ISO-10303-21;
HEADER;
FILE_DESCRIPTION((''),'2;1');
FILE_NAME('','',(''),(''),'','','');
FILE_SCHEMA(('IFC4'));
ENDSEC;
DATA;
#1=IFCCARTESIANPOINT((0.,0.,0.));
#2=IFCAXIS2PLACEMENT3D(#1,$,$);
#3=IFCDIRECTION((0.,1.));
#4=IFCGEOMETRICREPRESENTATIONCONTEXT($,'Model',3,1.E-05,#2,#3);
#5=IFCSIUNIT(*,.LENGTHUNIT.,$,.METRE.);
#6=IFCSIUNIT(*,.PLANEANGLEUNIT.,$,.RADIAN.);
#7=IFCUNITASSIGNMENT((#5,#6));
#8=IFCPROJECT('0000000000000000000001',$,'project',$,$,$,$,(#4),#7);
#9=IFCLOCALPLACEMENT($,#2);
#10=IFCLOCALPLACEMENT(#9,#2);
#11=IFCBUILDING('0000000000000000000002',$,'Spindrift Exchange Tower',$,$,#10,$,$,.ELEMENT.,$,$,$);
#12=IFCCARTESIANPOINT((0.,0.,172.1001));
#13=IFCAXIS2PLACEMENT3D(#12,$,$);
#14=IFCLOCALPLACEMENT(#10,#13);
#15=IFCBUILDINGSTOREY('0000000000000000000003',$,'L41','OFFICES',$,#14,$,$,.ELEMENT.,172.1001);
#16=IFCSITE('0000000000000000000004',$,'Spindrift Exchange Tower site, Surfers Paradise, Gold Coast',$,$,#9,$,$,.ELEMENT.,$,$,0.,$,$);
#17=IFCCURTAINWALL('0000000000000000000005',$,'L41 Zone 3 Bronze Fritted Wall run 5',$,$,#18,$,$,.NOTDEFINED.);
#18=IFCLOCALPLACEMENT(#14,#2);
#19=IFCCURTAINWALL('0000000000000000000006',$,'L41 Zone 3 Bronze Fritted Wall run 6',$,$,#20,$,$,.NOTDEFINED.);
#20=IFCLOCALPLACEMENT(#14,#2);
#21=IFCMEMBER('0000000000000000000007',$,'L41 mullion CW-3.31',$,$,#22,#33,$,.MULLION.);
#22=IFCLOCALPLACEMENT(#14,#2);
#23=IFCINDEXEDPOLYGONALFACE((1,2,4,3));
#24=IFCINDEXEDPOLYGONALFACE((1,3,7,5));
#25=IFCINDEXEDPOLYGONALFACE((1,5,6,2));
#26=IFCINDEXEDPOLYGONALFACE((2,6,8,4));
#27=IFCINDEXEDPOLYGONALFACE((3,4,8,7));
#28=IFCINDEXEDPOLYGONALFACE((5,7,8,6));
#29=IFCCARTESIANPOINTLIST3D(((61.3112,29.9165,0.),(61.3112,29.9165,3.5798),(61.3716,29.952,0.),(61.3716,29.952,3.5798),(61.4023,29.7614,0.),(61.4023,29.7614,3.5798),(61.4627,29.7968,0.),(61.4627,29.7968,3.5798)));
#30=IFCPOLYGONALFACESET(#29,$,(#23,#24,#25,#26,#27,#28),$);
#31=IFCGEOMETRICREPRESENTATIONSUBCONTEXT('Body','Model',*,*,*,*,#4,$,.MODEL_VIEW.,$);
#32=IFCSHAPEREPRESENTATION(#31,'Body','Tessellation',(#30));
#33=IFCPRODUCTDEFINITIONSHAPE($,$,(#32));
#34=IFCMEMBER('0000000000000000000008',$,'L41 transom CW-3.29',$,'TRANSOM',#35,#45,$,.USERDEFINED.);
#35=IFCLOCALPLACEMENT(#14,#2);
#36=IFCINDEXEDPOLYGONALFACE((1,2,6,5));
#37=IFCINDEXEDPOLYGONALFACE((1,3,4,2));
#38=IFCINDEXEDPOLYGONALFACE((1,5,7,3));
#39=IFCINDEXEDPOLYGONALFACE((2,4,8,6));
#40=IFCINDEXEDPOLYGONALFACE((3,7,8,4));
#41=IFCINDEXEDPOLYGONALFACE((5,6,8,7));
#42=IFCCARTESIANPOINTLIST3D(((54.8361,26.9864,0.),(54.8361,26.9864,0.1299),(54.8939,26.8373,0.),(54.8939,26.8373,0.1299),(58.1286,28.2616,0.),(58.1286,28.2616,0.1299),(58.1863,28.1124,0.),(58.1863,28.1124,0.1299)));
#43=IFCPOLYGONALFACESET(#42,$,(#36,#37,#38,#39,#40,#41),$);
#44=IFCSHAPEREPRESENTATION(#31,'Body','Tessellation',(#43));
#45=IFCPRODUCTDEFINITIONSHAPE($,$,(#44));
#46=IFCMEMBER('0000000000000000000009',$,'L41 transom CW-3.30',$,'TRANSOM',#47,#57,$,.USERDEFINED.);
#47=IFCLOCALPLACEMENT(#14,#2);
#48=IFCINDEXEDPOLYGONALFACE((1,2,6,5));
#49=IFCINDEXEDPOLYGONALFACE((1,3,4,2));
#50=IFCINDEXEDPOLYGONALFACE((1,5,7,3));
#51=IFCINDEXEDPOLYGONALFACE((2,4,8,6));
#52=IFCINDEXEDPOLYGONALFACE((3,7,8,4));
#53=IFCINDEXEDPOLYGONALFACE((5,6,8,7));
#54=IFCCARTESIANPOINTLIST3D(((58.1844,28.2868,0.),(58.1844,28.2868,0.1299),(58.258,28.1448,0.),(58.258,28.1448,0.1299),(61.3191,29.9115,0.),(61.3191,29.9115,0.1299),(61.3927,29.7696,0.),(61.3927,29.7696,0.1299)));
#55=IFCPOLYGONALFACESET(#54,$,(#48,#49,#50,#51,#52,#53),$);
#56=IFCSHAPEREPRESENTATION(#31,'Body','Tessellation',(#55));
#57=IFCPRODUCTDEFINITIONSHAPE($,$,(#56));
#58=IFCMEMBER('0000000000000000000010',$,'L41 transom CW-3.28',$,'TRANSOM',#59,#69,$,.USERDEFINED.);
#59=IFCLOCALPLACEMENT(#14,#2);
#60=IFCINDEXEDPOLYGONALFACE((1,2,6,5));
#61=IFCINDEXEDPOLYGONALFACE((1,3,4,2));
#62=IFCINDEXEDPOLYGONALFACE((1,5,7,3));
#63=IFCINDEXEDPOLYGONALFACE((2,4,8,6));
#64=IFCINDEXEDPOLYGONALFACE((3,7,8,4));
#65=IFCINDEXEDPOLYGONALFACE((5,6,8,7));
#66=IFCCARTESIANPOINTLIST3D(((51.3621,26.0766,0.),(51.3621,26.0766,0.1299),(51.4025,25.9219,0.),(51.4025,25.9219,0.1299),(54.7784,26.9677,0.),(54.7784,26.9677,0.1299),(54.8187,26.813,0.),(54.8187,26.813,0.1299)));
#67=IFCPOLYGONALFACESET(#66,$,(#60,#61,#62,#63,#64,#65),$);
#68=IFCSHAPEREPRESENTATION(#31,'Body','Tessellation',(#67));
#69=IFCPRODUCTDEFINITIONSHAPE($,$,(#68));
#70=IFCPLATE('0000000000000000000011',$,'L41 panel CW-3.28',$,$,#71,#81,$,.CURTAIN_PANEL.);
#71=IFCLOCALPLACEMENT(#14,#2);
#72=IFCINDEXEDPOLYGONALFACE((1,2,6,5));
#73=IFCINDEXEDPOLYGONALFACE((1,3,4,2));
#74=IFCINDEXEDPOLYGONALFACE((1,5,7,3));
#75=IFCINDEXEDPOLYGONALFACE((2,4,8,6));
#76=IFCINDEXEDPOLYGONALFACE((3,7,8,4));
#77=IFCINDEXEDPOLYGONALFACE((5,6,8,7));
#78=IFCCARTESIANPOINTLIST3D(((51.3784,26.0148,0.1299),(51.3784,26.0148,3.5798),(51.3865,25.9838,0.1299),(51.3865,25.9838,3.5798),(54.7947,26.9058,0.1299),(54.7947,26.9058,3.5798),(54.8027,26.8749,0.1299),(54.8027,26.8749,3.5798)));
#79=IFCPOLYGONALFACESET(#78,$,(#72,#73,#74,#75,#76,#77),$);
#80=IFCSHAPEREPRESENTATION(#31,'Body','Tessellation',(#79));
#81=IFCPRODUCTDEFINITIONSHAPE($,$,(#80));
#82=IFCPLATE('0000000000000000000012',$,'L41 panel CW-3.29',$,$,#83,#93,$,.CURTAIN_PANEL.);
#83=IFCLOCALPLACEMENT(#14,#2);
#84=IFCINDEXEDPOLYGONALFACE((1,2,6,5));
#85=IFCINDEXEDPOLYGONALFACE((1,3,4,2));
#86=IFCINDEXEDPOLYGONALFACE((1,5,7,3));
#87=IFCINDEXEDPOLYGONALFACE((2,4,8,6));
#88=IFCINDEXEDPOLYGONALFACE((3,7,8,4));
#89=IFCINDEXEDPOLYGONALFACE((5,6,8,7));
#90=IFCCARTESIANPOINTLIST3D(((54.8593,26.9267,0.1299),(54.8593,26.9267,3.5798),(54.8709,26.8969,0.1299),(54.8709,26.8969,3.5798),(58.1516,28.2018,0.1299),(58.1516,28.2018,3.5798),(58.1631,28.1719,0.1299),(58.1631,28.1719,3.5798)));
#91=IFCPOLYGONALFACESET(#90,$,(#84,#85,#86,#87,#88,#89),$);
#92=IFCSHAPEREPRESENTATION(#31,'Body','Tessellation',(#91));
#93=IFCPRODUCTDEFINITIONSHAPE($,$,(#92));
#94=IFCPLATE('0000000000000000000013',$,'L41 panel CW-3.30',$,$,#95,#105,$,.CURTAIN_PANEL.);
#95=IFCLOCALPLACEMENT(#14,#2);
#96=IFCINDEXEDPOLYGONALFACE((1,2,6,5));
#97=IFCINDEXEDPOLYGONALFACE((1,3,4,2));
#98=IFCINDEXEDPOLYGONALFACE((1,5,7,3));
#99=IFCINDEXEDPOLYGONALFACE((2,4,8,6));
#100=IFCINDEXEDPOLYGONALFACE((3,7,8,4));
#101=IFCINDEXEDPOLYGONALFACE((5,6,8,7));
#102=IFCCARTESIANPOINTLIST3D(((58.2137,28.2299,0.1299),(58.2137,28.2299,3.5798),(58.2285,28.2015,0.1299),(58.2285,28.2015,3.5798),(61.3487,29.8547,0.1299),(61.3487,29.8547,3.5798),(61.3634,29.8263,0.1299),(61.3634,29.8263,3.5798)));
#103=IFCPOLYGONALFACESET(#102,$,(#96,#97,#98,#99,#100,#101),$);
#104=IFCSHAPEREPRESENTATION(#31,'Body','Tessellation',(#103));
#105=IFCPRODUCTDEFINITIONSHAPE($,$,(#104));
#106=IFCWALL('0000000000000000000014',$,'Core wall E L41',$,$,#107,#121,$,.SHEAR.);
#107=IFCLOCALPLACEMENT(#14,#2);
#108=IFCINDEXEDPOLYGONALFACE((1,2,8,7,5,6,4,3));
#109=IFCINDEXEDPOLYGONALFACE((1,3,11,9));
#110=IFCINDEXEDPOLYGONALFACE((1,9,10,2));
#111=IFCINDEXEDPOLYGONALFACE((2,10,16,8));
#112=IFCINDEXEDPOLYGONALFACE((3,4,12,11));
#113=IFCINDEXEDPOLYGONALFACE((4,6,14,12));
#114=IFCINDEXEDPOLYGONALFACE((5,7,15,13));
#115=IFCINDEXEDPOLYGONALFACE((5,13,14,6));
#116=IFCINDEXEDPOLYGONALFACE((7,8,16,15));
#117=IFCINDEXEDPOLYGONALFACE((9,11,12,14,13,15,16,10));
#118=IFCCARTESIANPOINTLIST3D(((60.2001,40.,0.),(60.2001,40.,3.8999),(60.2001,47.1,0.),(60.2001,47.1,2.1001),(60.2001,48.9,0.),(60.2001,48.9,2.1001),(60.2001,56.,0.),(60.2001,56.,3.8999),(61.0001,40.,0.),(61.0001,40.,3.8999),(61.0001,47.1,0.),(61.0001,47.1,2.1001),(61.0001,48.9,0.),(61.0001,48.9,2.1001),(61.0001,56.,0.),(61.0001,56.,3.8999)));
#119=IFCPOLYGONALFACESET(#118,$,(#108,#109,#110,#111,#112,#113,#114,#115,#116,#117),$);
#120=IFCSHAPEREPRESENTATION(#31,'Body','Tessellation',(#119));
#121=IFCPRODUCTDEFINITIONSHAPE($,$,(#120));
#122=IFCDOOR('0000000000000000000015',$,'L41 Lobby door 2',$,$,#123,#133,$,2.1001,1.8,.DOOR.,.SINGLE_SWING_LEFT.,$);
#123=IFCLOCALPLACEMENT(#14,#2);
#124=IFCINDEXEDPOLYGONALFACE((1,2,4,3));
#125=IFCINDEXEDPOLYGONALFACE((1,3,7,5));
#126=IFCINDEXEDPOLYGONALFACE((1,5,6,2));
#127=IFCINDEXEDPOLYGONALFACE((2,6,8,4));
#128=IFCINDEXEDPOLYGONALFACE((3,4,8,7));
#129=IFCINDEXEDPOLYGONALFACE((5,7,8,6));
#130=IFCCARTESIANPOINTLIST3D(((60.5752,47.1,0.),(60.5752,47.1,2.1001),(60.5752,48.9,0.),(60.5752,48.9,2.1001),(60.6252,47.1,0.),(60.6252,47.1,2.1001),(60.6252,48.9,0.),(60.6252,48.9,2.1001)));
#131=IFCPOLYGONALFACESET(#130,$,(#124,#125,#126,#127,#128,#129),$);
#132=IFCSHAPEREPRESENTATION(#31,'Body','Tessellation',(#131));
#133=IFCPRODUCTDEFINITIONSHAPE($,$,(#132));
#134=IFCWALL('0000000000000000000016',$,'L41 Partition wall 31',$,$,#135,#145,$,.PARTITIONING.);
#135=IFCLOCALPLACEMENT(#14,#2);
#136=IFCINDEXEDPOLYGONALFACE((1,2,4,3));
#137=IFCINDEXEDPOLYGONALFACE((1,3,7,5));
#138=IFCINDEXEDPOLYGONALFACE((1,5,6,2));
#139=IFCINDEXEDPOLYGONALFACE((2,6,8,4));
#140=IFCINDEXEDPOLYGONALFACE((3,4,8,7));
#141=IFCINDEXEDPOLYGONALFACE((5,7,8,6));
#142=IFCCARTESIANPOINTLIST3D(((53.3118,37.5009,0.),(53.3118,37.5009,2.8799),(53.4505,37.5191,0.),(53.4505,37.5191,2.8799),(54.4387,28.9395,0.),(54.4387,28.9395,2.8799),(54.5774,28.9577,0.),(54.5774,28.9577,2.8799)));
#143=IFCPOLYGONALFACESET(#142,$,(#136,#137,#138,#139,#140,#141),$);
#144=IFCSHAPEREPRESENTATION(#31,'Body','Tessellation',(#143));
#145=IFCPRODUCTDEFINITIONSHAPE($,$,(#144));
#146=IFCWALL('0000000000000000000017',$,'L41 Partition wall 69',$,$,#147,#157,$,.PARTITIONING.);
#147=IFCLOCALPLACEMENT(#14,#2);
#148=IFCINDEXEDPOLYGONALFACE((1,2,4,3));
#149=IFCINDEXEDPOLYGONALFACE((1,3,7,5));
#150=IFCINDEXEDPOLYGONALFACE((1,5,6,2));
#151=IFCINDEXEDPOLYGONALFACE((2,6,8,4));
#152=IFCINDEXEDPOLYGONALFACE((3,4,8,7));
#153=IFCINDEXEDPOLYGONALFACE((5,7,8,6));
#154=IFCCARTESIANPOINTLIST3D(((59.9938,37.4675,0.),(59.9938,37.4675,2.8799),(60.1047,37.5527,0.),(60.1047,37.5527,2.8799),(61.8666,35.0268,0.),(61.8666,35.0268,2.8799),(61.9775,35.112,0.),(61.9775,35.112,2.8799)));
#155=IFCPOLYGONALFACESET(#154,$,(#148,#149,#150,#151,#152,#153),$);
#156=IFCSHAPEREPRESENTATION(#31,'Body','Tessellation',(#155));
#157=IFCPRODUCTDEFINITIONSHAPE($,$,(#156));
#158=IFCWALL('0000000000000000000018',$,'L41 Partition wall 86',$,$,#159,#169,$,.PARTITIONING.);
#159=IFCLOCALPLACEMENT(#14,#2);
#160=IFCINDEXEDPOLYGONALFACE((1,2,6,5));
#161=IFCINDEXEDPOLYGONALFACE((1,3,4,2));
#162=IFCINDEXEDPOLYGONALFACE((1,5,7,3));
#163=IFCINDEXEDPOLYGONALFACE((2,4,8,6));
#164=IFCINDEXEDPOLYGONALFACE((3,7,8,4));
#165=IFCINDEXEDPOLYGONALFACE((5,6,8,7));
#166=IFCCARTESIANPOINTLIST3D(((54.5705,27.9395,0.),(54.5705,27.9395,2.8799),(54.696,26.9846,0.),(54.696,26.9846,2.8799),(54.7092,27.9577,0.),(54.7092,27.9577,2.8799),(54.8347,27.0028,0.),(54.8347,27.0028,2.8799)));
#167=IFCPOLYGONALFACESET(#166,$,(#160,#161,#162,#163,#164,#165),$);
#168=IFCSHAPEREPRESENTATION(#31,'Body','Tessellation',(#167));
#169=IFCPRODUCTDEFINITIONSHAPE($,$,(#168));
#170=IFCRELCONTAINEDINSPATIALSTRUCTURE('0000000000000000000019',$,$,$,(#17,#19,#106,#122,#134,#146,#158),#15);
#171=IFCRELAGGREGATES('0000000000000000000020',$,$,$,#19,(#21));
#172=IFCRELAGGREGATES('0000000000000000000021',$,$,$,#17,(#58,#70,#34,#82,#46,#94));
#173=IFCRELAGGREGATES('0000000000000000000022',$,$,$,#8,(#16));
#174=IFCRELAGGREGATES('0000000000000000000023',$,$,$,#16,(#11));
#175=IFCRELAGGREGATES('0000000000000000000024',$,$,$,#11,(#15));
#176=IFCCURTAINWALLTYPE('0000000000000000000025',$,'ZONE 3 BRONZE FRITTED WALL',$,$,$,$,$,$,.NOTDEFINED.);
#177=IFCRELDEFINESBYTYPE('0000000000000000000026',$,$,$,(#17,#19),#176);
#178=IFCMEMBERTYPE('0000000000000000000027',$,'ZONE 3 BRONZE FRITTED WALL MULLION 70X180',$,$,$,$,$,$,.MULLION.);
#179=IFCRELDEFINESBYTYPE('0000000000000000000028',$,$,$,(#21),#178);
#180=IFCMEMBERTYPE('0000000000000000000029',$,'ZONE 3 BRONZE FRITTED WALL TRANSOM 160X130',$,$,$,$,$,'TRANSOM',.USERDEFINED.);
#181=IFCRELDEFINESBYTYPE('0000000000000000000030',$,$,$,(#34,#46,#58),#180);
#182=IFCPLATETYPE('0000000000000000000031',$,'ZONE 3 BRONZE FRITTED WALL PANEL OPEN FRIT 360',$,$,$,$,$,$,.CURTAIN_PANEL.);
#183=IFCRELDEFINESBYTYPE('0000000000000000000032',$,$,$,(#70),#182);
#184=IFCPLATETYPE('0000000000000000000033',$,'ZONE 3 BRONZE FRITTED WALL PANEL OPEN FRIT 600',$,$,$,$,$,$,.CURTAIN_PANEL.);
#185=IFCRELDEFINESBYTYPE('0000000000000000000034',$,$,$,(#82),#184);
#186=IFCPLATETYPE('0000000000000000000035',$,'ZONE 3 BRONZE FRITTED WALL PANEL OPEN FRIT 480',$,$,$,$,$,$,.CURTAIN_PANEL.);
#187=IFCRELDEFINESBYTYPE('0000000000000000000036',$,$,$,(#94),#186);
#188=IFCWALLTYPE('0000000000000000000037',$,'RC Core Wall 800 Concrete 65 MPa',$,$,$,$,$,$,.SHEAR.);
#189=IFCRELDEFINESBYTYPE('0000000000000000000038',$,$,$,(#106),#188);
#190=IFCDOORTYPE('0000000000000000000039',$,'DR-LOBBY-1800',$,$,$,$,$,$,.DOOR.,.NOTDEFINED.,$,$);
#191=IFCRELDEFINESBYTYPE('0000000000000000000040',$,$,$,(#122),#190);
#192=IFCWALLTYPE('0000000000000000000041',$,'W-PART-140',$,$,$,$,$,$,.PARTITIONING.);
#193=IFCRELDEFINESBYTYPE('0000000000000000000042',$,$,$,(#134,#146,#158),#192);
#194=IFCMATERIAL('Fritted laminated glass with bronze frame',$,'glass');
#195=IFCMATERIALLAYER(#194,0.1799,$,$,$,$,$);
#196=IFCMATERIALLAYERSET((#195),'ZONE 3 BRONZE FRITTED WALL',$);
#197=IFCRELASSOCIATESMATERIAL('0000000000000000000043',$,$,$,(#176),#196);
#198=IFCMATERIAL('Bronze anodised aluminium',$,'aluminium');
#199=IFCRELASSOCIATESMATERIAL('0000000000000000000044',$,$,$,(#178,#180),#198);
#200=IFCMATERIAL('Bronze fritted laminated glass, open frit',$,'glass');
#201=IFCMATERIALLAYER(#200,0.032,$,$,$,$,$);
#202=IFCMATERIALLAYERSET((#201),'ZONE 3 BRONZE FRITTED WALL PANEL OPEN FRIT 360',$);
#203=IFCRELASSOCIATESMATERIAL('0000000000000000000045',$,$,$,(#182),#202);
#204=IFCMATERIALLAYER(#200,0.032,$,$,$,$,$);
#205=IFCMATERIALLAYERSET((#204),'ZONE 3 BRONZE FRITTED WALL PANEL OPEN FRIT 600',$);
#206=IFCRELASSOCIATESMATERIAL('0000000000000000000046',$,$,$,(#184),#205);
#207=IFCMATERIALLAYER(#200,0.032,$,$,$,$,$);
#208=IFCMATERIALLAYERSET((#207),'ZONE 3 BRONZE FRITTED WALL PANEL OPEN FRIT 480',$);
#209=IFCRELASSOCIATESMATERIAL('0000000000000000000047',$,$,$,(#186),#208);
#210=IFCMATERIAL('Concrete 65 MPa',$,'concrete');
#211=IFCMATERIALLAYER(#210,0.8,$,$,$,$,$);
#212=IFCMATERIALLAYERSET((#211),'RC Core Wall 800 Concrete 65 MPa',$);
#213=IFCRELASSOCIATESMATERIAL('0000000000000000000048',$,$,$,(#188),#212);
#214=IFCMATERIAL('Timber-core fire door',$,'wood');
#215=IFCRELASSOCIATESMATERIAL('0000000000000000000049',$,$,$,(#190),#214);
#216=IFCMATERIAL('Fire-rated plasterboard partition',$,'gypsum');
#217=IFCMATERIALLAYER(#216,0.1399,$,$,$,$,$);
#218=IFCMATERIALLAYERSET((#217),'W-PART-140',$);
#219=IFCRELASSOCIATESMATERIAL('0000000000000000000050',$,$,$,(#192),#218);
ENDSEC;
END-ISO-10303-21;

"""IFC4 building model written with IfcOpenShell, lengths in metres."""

from ifc_helpers import new_model, si_unit, direction, frame, frame_2d, origin, origin_2d, place, context, subcontext, project, spatial, rectangle, extrude, source, transform, mapped, material, layer, layer_set, material_profile, profile_set, type_object, element, fill, aggregate, save


model = new_model("IFC4")

# Units and contexts
model_context = context("Model", 3, precision=1e-05, world=origin(), true_north=direction((0.0, 1.0)))
body_context = subcontext(model_context, "Body", "Model", "MODEL_VIEW")
ifc_project = project(units=[si_unit("LENGTHUNIT", "METRE"), si_unit("PLANEANGLEUNIT", "RADIAN")], contexts=[model_context])

# Site, building, storey
site_placement = place(None, origin())
site = spatial("IfcSite", under=ifc_project, at=site_placement, Name="Spindrift Exchange Tower site, Surfers Paradise, Gold Coast", CompositionType="ELEMENT", RefElevation=0.0)
building_placement = place(site_placement, origin())
building = spatial("IfcBuilding", under=site, at=building_placement, Name="Spindrift Exchange Tower", CompositionType="ELEMENT")
storey_placement = place(building_placement, frame((0.0, 0.0, 172.1001)))
storey = spatial("IfcBuildingStorey", under=building, at=storey_placement, Name="L41", Description="OFFICES", CompositionType="ELEMENT", Elevation=172.1001)

# Curtain wall
ifc_material_1 = material(Name="Fritted laminated glass with bronze frame", Category="glass")
ifc_layer_1 = layer(ifc_material_1, 0.1799)
ifc_layer_set_1 = layer_set([ifc_layer_1], Name="ZONE 3 BRONZE FRITTED WALL")
curtain_wall_type = type_object("IfcCurtainWallType", Name="ZONE 3 BRONZE FRITTED WALL", PredefinedType="NOTDEFINED", material=ifc_layer_set_1)
curtain_wall_1_placement = place(storey_placement, origin())
curtain_wall_1 = element("IfcCurtainWall", 1, at=curtain_wall_1_placement, inside=storey, type_object=curtain_wall_type, Name="L41 Zone 3 Bronze Fritted Wall run 5", PredefinedType="NOTDEFINED")
ifc_material_2 = material(Name="Bronze anodised aluminium", Category="aluminium")
ifc_material_profile_1 = material_profile(ifc_material_2, rectangle(XDim=0.0701, YDim=0.1799, at=origin_2d()), Name="ZONE 3 BRONZE FRITTED WALL MULLION 70X180")
ifc_profile_set_1 = profile_set([ifc_material_profile_1], Name="Bronze anodised aluminium")
member_type_1 = type_object("IfcMemberType", Name="ZONE 3 BRONZE FRITTED WALL MULLION 70X180", PredefinedType="MULLION", material=ifc_profile_set_1)
shared_shape_1 = source(origin(), body_context, "Body", "SweptSolid", [
    extrude(rectangle(XDim=0.0701, YDim=0.1799, at=origin_2d()), origin(), (0.0, 0.0, 1.0), 3.5798),
])

# Curtain wall, member
curtain_wall_2_placement = place(storey_placement, origin())
curtain_wall_2 = element("IfcCurtainWall", 2, at=curtain_wall_2_placement, inside=storey, type_object=curtain_wall_type, Name="L41 Zone 3 Bronze Fritted Wall run 6", PredefinedType="NOTDEFINED")
member_1_placement = place(storey_placement, frame((61.387, 29.8567, 0.0), z_axis=(0.0, 0.0, 1.0), x_axis=(0.862323, 0.506359, 0.0)))
member_1 = element("IfcMember", 3, at=member_1_placement, type_object=member_type_1, Name="L41 mullion CW-3.31", PredefinedType="MULLION", context=body_context, shape_type="MappedRepresentation", body=[
    mapped(shared_shape_1, transform((0.0, 0.0, 0.0), scale=1.0)),
])
aggregate(curtain_wall_2, [member_1])

# Members
ifc_material_profile_2 = material_profile(ifc_material_2, rectangle(XDim=0.1599, YDim=0.1299, at=origin_2d()), Name="ZONE 3 BRONZE FRITTED WALL TRANSOM 160X130")
ifc_profile_set_2 = profile_set([ifc_material_profile_2], Name="Bronze anodised aluminium")
member_type_2 = type_object("IfcMemberType", Name="ZONE 3 BRONZE FRITTED WALL TRANSOM 160X130", ElementType="TRANSOM", PredefinedType="USERDEFINED", material=ifc_profile_set_2)
shared_shape_2 = source(origin(), body_context, "Body", "SweptSolid", [
    extrude(rectangle(XDim=0.1599, YDim=0.1299, at=origin_2d()), origin(), (0.0, 0.0, 1.0), 3.5308),
])
member_2_placement = place(storey_placement, frame((54.865, 26.9119, 0.0649), z_axis=(0.932507, 0.361151, 0.0), x_axis=(-0.361151, 0.932507, 0.0)))
member_2 = element("IfcMember", 4, at=member_2_placement, type_object=member_type_2, Name="L41 transom CW-3.29", ObjectType="TRANSOM", PredefinedType="USERDEFINED", context=body_context, shape_type="MappedRepresentation", body=[
    mapped(shared_shape_2, transform((0.0, 0.0, 0.0), scale=1.0)),
])
member_3_placement = place(storey_placement, frame((58.2212, 28.2158, 0.0649), z_axis=(0.887833, 0.460166, 0.0), x_axis=(-0.460166, 0.887833, 0.0)))
member_3 = element("IfcMember", 5, at=member_3_placement, type_object=member_type_2, Name="L41 transom CW-3.30", ObjectType="TRANSOM", PredefinedType="USERDEFINED", context=body_context, shape_type="MappedRepresentation", body=[
    mapped(shared_shape_2, transform((0.0, 0.0, 0.0), scale=1.0)),
])
shared_shape_3 = source(origin(), body_context, "Body", "SweptSolid", [
    extrude(rectangle(XDim=0.1599, YDim=0.1299, at=origin_2d()), origin(), (0.0, 0.0, 1.0), 3.5305),
])
member_4_placement = place(storey_placement, frame((51.3823, 25.9993, 0.0649), z_axis=(0.967623, 0.252399, 0.0), x_axis=(-0.252399, 0.967623, 0.0)))
member_4 = element("IfcMember", 6, at=member_4_placement, type_object=member_type_2, Name="L41 transom CW-3.28", ObjectType="TRANSOM", PredefinedType="USERDEFINED", context=body_context, shape_type="MappedRepresentation", body=[
    mapped(shared_shape_3, transform((0.0, 0.0, 0.0), scale=1.0)),
])

# Plates
ifc_material_3 = material(Name="Bronze fritted laminated glass, open frit", Category="glass")
ifc_layer_2 = layer(ifc_material_3, 0.032)
ifc_layer_set_2 = layer_set([ifc_layer_2], Name="ZONE 3 BRONZE FRITTED WALL PANEL OPEN FRIT 360")
plate_type_1 = type_object("IfcPlateType", Name="ZONE 3 BRONZE FRITTED WALL PANEL OPEN FRIT 360", PredefinedType="CURTAIN_PANEL", material=ifc_layer_set_2)
shared_shape_4 = source(origin(), body_context, "Body", "SweptSolid", [
    extrude(rectangle(XDim=3.5305, YDim=0.032, at=origin_2d()), origin(), (0.0, 0.0, 1.0), 3.45),
])
plate_1_placement = place(storey_placement, frame((53.0906, 26.4448, 0.1299), z_axis=(0.0, 0.0, 1.0), x_axis=(0.967627, 0.252385, 0.0)))
plate_1 = element("IfcPlate", 7, at=plate_1_placement, type_object=plate_type_1, Name="L41 panel CW-3.28", PredefinedType="CURTAIN_PANEL", context=body_context, shape_type="MappedRepresentation", body=[
    mapped(shared_shape_4, transform((0.0, 0.0, 0.0), scale=1.0)),
])
ifc_layer_3 = layer(ifc_material_3, 0.032)
ifc_layer_set_3 = layer_set([ifc_layer_3], Name="ZONE 3 BRONZE FRITTED WALL PANEL OPEN FRIT 600")
plate_type_2 = type_object("IfcPlateType", Name="ZONE 3 BRONZE FRITTED WALL PANEL OPEN FRIT 600", PredefinedType="CURTAIN_PANEL", material=ifc_layer_set_3)
shared_shape_5 = source(origin(), body_context, "Body", "SweptSolid", [
    extrude(rectangle(XDim=3.5305, YDim=0.032, at=origin_2d()), origin(), (0.0, 0.0, 1.0), 3.45),
])
plate_2_placement = place(storey_placement, frame((56.5112, 27.5493, 0.1299), z_axis=(0.0, 0.0, 1.0), x_axis=(0.932504, 0.361159, 0.0)))
plate_2 = element("IfcPlate", 8, at=plate_2_placement, type_object=plate_type_2, Name="L41 panel CW-3.29", PredefinedType="CURTAIN_PANEL", context=body_context, shape_type="MappedRepresentation", body=[
    mapped(shared_shape_5, transform((0.0, 0.0, 0.0), scale=1.0)),
])
ifc_layer_4 = layer(ifc_material_3, 0.032)
ifc_layer_set_4 = layer_set([ifc_layer_4], Name="ZONE 3 BRONZE FRITTED WALL PANEL OPEN FRIT 480")
plate_type_3 = type_object("IfcPlateType", Name="ZONE 3 BRONZE FRITTED WALL PANEL OPEN FRIT 480", PredefinedType="CURTAIN_PANEL", material=ifc_layer_set_4)
shared_shape_6 = source(origin(), body_context, "Body", "SweptSolid", [
    extrude(rectangle(XDim=3.531, YDim=0.032, at=origin_2d()), origin(), (0.0, 0.0, 1.0), 3.45),
])
plate_3_placement = place(storey_placement, frame((59.7886, 29.0281, 0.1299), z_axis=(0.0, 0.0, 1.0), x_axis=(0.887835, 0.460163, 0.0)))
plate_3 = element("IfcPlate", 9, at=plate_3_placement, type_object=plate_type_3, Name="L41 panel CW-3.30", PredefinedType="CURTAIN_PANEL", context=body_context, shape_type="MappedRepresentation", body=[
    mapped(shared_shape_6, transform((0.0, 0.0, 0.0), scale=1.0)),
])
aggregate(curtain_wall_1, [member_4, plate_1, member_2, plate_2, member_3, plate_3])

# Wall, opening, door
ifc_material_4 = material(Name="Concrete 65 MPa", Category="concrete")
ifc_layer_5 = layer(ifc_material_4, 0.8)
ifc_layer_set_5 = layer_set([ifc_layer_5], Name="RC Core Wall 800 Concrete 65 MPa")
wall_type_1 = type_object("IfcWallType", Name="RC Core Wall 800 Concrete 65 MPa", PredefinedType="SHEAR", material=ifc_layer_set_5)
wall_1_placement = place(storey_placement, frame((60.6001, 40.0, 0.0), z_axis=(0.0, 0.0, 1.0), x_axis=(0.0, 1.0, 0.0)))
wall_1 = element("IfcWall", 10, at=wall_1_placement, inside=storey, type_object=wall_type_1, Name="Core wall E L41", PredefinedType="SHEAR", context=body_context, shape_type="SweptSolid", body=[
    extrude(rectangle(XDim=16.0, YDim=0.8, at=frame_2d((8.0, 0.0))), origin(), (0.0, 0.0, 1.0), 3.8999),
])
opening_placement = place(wall_1_placement, frame((7.1001, 0.0, 0.0)))
opening = element("IfcOpeningElement", 11, at=opening_placement, cuts=wall_1, PredefinedType="OPENING", context=body_context, shape_type="SweptSolid", body=[
    extrude(rectangle(XDim=1.8, YDim=2.1001, at=frame_2d((0.8999, 1.05))), frame((0.0, 0.4099, 0.0), z_axis=(0.0, -1.0, 0.0), x_axis=(1.0, 0.0, 0.0)), (0.0, 0.0, 1.0), 0.8201),
])
ifc_material_5 = material(Name="Timber-core fire door", Category="wood")
door_type = type_object("IfcDoorType", Name="DR-LOBBY-1800", OperationType="NOTDEFINED", PredefinedType="DOOR", material=ifc_material_5)
shared_shape_7 = source(origin(), body_context, "Body", "SweptSolid", [
    extrude(rectangle(XDim=1.8, YDim=2.1001, at=frame_2d((0.8999, 1.05))), frame((0.0, 0.0249, 0.0), z_axis=(0.0, -1.0, 0.0), x_axis=(1.0, 0.0, 0.0)), (0.0, 0.0, 1.0), 0.05),
])
door_placement = place(opening_placement, origin())
door = element("IfcDoor", 12, at=door_placement, inside=storey, type_object=door_type, Name="L41 Lobby door 2", OperationType="SINGLE_SWING_LEFT", OverallHeight=2.1001, OverallWidth=1.8, PredefinedType="DOOR", context=body_context, shape_type="MappedRepresentation", body=[
    mapped(shared_shape_7, transform((0.0, 0.0, 0.0), scale=1.0)),
])
fill(opening, door)

# Walls
ifc_material_6 = material(Name="Fire-rated plasterboard partition", Category="gypsum")
ifc_layer_6 = layer(ifc_material_6, 0.1399)
ifc_layer_set_6 = layer_set([ifc_layer_6], Name="W-PART-140")
wall_type_2 = type_object("IfcWallType", Name="W-PART-140", PredefinedType="PARTITIONING", material=ifc_layer_set_6)
wall_2_placement = place(storey_placement, frame((53.3811, 37.51, 0.0), z_axis=(0.0, 0.0, 1.0), x_axis=(0.130508, -0.991447, 0.0)))
element("IfcWall", 13, at=wall_2_placement, inside=storey, type_object=wall_type_2, Name="L41 Partition wall 31", PredefinedType="PARTITIONING", context=body_context, shape_type="SweptSolid", body=[
    extrude(rectangle(XDim=8.6353, YDim=0.1399, at=frame_2d((4.3176, 0.0))), origin(), (0.0, 0.0, 1.0), 2.8799),
])
wall_3_placement = place(storey_placement, frame((60.0493, 37.51, 0.0), z_axis=(0.0, 0.0, 1.0), x_axis=(0.608763, -0.793352, 0.0)))
element("IfcWall", 14, at=wall_3_placement, inside=storey, type_object=wall_type_2, Name="L41 Partition wall 69", PredefinedType="PARTITIONING", context=body_context, shape_type="SweptSolid", body=[
    extrude(rectangle(XDim=3.0764, YDim=0.1399, at=frame_2d((1.5381, 0.0))), origin(), (0.0, 0.0, 1.0), 2.8799),
])
wall_4_placement = place(storey_placement, frame((54.6399, 27.9485, 0.0), z_axis=(0.0, 0.0, 1.0), x_axis=(0.130304, -0.991474, 0.0)))
element("IfcWall", 15, at=wall_4_placement, inside=storey, type_object=wall_type_2, Name="L41 Partition wall 86", PredefinedType="PARTITIONING", context=body_context, shape_type="SweptSolid", body=[
    extrude(rectangle(XDim=0.9631, YDim=0.1399, at=frame_2d((0.4814, 0.0))), origin(), (0.0, 0.0, 1.0), 2.8799),
])

save(model, "model.ifc")
